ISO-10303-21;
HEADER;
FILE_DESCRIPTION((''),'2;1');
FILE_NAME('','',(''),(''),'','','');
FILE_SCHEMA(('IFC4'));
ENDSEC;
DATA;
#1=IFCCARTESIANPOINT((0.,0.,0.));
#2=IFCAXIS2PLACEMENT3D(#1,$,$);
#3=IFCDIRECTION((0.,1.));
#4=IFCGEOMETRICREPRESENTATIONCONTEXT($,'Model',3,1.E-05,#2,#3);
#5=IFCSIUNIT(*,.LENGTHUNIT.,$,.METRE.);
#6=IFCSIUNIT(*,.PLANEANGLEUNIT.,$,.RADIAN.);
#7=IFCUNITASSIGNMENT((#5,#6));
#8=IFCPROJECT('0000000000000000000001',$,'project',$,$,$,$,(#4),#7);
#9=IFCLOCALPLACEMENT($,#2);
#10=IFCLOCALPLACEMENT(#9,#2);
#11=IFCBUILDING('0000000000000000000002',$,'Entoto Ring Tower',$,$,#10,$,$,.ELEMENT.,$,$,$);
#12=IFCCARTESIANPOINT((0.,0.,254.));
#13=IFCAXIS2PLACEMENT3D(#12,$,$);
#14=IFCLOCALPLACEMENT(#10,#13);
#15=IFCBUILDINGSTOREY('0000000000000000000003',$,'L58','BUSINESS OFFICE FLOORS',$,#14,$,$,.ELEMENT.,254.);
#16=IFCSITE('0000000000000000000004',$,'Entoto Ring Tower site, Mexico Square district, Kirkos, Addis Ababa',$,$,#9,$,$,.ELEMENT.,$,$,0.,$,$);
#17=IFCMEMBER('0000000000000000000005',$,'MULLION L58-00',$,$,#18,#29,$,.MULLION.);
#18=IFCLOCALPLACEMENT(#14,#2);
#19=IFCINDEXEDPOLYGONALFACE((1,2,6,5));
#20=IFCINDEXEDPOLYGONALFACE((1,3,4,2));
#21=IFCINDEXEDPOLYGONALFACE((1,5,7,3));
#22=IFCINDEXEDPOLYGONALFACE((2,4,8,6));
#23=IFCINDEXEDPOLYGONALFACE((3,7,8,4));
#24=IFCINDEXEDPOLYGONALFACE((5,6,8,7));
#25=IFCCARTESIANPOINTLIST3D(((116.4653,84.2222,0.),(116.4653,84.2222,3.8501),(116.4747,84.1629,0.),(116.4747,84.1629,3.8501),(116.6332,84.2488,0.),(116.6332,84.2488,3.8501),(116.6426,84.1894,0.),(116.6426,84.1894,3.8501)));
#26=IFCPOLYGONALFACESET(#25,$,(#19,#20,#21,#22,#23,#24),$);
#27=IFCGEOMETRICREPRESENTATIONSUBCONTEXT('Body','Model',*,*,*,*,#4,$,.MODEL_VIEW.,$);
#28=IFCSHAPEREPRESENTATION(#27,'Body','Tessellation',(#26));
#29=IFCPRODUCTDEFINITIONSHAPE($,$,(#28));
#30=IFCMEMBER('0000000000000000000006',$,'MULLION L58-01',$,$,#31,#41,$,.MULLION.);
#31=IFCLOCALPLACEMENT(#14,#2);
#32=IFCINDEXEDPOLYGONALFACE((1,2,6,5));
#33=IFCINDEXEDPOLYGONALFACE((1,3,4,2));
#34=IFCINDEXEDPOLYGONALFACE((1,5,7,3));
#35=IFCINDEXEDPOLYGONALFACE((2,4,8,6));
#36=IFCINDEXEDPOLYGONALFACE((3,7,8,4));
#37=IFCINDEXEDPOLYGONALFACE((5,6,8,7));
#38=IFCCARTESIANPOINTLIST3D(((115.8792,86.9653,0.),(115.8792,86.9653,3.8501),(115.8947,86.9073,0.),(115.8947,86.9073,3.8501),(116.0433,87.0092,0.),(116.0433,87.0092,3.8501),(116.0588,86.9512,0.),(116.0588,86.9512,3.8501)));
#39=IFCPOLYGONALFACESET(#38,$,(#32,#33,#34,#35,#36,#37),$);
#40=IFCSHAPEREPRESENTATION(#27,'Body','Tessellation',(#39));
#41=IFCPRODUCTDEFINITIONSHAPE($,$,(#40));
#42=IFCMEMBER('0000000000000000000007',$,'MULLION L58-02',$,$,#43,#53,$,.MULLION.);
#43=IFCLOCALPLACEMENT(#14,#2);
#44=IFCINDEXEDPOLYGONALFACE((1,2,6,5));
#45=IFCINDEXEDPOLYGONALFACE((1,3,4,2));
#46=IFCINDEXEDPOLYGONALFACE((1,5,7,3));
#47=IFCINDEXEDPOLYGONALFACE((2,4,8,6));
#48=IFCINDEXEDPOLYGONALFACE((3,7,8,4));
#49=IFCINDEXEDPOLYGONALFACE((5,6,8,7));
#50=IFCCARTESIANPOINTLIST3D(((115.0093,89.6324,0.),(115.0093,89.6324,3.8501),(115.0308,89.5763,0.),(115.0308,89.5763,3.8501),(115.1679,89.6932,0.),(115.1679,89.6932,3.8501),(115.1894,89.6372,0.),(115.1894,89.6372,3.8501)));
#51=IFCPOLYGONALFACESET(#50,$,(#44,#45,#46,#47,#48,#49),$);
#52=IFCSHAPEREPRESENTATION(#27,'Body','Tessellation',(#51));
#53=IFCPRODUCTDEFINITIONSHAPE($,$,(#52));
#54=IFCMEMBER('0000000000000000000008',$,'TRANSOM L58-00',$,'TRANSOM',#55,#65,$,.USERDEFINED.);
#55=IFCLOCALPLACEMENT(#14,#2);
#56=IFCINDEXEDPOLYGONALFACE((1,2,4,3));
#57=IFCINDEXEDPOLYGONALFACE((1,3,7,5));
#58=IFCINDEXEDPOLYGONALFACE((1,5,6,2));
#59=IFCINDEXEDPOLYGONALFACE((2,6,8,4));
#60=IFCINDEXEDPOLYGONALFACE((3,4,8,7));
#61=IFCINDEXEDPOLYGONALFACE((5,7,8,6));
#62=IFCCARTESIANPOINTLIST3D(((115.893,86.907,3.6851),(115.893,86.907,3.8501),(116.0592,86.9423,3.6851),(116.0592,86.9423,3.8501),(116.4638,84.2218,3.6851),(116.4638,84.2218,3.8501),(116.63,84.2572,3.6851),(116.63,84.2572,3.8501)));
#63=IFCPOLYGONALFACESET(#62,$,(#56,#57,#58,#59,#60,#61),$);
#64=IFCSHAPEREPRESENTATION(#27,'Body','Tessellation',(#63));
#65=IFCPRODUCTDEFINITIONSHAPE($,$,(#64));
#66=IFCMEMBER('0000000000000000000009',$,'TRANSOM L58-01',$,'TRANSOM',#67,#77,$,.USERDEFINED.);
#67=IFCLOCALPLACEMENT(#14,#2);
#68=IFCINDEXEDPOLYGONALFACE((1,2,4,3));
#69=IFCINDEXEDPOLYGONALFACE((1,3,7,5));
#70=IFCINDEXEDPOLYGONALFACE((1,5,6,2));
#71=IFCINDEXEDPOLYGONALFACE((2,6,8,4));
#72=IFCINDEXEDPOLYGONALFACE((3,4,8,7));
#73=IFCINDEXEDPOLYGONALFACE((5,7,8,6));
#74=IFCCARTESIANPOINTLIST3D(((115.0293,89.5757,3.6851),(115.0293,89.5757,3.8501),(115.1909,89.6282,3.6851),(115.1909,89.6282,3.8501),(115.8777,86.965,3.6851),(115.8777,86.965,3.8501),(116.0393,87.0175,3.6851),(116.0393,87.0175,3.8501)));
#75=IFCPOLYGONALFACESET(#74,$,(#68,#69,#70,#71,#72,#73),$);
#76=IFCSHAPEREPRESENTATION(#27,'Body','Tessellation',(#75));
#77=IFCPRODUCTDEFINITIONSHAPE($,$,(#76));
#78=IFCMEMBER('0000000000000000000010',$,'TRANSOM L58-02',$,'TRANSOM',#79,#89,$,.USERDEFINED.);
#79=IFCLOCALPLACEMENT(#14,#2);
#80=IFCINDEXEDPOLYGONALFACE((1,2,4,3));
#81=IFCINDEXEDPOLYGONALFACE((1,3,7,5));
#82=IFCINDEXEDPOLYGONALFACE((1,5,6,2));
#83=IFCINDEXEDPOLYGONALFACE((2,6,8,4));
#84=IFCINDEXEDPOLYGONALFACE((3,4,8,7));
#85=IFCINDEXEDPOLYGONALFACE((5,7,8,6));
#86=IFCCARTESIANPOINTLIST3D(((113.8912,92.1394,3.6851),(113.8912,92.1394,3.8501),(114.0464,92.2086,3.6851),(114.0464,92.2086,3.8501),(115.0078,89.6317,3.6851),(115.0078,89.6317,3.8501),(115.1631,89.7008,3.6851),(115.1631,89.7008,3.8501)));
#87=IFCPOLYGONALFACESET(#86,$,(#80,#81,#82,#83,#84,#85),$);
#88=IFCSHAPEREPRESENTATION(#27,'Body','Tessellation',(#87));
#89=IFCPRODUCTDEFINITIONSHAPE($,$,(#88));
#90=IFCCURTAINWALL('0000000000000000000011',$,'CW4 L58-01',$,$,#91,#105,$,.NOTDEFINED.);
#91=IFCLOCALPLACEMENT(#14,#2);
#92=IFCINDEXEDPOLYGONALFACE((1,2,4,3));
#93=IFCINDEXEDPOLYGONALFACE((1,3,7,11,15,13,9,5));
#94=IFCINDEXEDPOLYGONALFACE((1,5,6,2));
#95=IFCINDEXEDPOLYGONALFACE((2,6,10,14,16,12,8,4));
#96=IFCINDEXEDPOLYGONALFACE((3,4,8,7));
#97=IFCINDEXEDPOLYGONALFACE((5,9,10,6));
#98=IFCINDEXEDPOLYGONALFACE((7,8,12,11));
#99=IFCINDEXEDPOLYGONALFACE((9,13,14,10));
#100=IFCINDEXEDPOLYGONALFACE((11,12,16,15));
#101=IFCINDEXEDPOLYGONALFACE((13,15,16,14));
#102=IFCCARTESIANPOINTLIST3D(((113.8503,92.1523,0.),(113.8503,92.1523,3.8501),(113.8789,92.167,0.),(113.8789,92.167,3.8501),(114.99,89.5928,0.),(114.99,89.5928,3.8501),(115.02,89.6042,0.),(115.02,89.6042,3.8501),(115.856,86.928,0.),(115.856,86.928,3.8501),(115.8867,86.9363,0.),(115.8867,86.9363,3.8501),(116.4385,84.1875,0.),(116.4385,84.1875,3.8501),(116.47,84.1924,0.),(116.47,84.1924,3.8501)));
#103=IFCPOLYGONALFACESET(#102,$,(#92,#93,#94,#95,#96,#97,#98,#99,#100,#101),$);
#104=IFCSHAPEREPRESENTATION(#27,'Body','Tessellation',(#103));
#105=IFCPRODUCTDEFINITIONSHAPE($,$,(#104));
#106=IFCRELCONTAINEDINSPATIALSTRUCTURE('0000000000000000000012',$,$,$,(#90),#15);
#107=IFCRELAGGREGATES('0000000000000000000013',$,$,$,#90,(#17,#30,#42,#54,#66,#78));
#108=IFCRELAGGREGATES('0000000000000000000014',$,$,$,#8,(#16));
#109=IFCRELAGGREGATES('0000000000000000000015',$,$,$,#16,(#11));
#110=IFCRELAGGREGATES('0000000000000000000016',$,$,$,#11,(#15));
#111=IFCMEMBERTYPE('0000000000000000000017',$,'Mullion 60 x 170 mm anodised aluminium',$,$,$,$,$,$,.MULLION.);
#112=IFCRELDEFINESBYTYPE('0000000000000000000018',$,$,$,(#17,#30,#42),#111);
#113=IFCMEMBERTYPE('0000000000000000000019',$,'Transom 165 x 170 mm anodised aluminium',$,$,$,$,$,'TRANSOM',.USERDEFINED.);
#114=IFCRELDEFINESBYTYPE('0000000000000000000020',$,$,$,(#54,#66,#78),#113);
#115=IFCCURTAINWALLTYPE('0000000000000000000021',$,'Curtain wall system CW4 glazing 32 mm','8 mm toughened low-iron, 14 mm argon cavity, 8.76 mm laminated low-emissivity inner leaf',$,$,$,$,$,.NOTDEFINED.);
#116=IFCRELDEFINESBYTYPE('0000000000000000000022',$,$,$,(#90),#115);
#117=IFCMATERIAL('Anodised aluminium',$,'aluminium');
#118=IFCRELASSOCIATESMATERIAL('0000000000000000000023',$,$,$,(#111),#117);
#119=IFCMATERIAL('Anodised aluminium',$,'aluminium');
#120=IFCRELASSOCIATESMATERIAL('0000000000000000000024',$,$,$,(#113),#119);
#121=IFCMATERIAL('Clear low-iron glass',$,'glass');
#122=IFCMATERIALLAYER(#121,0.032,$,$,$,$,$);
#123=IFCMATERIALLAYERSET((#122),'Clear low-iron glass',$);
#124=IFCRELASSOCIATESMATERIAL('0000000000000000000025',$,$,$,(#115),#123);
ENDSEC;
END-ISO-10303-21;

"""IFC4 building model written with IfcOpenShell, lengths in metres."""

from ifc_helpers import new_model, si_unit, direction, frame, origin, origin_2d, place, context, subcontext, project, spatial, polyline, rectangle, outline, extrude, material, layer, layer_set, material_profile, profile_set, type_object, element, aggregate, save


model = new_model("IFC4")

# Units and contexts
model_context = context("Model", 3, precision=1e-05, world=origin(), true_north=direction((0.0, 1.0)))
body_context = subcontext(model_context, "Body", "Model", "MODEL_VIEW")
ifc_project = project(units=[si_unit("LENGTHUNIT", "METRE"), si_unit("PLANEANGLEUNIT", "RADIAN")], contexts=[model_context])

# Members
ifc_material_1 = material(Name="Anodised aluminium", Category="aluminium")
ifc_material_profile_1 = material_profile(ifc_material_1, rectangle(XDim=0.0601, YDim=0.1699, at=origin_2d()), Name="Mullion 60 x 170 mm anodised aluminium")
ifc_profile_set_1 = profile_set([ifc_material_profile_1], Name="Anodised aluminium")
member_type_1 = type_object("IfcMemberType", Name="Mullion 60 x 170 mm anodised aluminium", PredefinedType="MULLION", material=ifc_profile_set_1)
site_placement = place(None, origin())
building_placement = place(site_placement, origin())
storey_placement = place(building_placement, frame((0.0, 0.0, 254.0)))
member_1_placement = place(storey_placement, frame((116.554, 84.2058, 0.0), z_axis=(0.0, 0.0, 1.0), x_axis=(-0.156434, 0.987688, 0.0)))
member_1 = element("IfcMember", 1, at=member_1_placement, type_object=member_type_1, Name="MULLION L58-00", PredefinedType="MULLION", context=body_context, shape_type="SweptSolid", body=[
    extrude(rectangle(XDim=0.0601, YDim=0.1699, at=origin_2d()), origin(), (0.0, 0.0, 1.0), 3.8501),
])
member_2_placement = place(storey_placement, frame((115.969, 86.9583, 0.0), z_axis=(0.0, 0.0, 1.0), x_axis=(-0.258819, 0.965926, 0.0)))
member_2 = element("IfcMember", 2, at=member_2_placement, type_object=member_type_1, Name="MULLION L58-01", PredefinedType="MULLION", context=body_context, shape_type="SweptSolid", body=[
    extrude(rectangle(XDim=0.0601, YDim=0.1699, at=origin_2d()), origin(), (0.0, 0.0, 1.0), 3.8501),
])
member_3_placement = place(storey_placement, frame((115.0994, 89.6348, 0.0), z_axis=(0.0, 0.0, 1.0), x_axis=(-0.358368, 0.93358, 0.0)))
member_3 = element("IfcMember", 3, at=member_3_placement, type_object=member_type_1, Name="MULLION L58-02", PredefinedType="MULLION", context=body_context, shape_type="SweptSolid", body=[
    extrude(rectangle(XDim=0.0601, YDim=0.1699, at=origin_2d()), origin(), (0.0, 0.0, 1.0), 3.8501),
])
ifc_material_2 = material(Name="Anodised aluminium", Category="aluminium")
ifc_material_profile_2 = material_profile(ifc_material_2, rectangle(XDim=0.1699, YDim=0.165, at=origin_2d()), Name="Transom 165 x 170 mm anodised aluminium")
ifc_profile_set_2 = profile_set([ifc_material_profile_2], Name="Anodised aluminium")
member_type_2 = type_object("IfcMemberType", Name="Transom 165 x 170 mm anodised aluminium", ElementType="TRANSOM", PredefinedType="USERDEFINED", material=ifc_profile_set_2)
member_4_placement = place(storey_placement, frame((116.5469, 84.2395, 3.7676), z_axis=(-0.207937, 0.978142, 0.0), x_axis=(-0.978142, -0.207937, 0.0)))
member_4 = element("IfcMember", 4, at=member_4_placement, type_object=member_type_2, Name="TRANSOM L58-00", ObjectType="TRANSOM", PredefinedType="USERDEFINED", context=body_context, shape_type="SweptSolid", body=[
    extrude(rectangle(XDim=0.1699, YDim=0.165, at=origin_2d()), origin(), (0.0, 0.0, 1.0), 2.7451),
])
member_5_placement = place(storey_placement, frame((115.9585, 86.9912, 3.7676), z_axis=(-0.309042, 0.951048, 0.0), x_axis=(-0.951048, -0.309042, 0.0)))
member_5 = element("IfcMember", 5, at=member_5_placement, type_object=member_type_2, Name="TRANSOM L58-01", ObjectType="TRANSOM", PredefinedType="USERDEFINED", context=body_context, shape_type="SweptSolid", body=[
    extrude(rectangle(XDim=0.1699, YDim=0.165, at=origin_2d()), origin(), (0.0, 0.0, 1.0), 2.7451),
])
member_6_placement = place(storey_placement, frame((115.0854, 89.6663, 3.7676), z_axis=(-0.406782, 0.913525, 0.0), x_axis=(-0.913525, -0.406782, 0.0)))
member_6 = element("IfcMember", 6, at=member_6_placement, type_object=member_type_2, Name="TRANSOM L58-02", ObjectType="TRANSOM", PredefinedType="USERDEFINED", context=body_context, shape_type="SweptSolid", body=[
    extrude(rectangle(XDim=0.1699, YDim=0.165, at=origin_2d()), origin(), (0.0, 0.0, 1.0), 2.7451),
])

# Site, building, storey
site = spatial("IfcSite", under=ifc_project, at=site_placement, Name="Entoto Ring Tower site, Mexico Square district, Kirkos, Addis Ababa", CompositionType="ELEMENT", RefElevation=0.0)
building = spatial("IfcBuilding", under=site, at=building_placement, Name="Entoto Ring Tower", CompositionType="ELEMENT")
storey = spatial("IfcBuildingStorey", under=building, at=storey_placement, Name="L58", Description="BUSINESS OFFICE FLOORS", CompositionType="ELEMENT", Elevation=254.0)

# Curtain wall
ifc_material_3 = material(Name="Clear low-iron glass", Category="glass")
ifc_layer_1 = layer(ifc_material_3, 0.032)
ifc_layer_set_1 = layer_set([ifc_layer_1], Name="Clear low-iron glass")
curtain_wall_type = type_object("IfcCurtainWallType", Name="Curtain wall system CW4 glazing 32 mm", Description="8 mm toughened low-iron, 14 mm argon cavity, 8.76 mm laminated low-emissivity inner leaf", PredefinedType="NOTDEFINED", material=ifc_layer_set_1)
curtain_wall_1_placement = place(storey_placement, origin())
curtain_wall_1 = element("IfcCurtainWall", 7, at=curtain_wall_1_placement, inside=storey, type_object=curtain_wall_type, Name="CW4 L58-01", PredefinedType="NOTDEFINED", context=body_context, shape_type="SweptSolid", body=[
    extrude(outline(polyline([(116.47, 84.1924), (115.8867, 86.9363), (115.02, 89.6042), (113.8789, 92.167), (113.8503, 92.1523), (114.99, 89.5928), (115.856, 86.928), (116.4385, 84.1875), (116.47, 84.1924)])), origin(), (0.0, 0.0, 1.0), 3.8501),
])
aggregate(curtain_wall_1, [member_1, member_2, member_3, member_4, member_5, member_6])

save(model, "model.ifc")
